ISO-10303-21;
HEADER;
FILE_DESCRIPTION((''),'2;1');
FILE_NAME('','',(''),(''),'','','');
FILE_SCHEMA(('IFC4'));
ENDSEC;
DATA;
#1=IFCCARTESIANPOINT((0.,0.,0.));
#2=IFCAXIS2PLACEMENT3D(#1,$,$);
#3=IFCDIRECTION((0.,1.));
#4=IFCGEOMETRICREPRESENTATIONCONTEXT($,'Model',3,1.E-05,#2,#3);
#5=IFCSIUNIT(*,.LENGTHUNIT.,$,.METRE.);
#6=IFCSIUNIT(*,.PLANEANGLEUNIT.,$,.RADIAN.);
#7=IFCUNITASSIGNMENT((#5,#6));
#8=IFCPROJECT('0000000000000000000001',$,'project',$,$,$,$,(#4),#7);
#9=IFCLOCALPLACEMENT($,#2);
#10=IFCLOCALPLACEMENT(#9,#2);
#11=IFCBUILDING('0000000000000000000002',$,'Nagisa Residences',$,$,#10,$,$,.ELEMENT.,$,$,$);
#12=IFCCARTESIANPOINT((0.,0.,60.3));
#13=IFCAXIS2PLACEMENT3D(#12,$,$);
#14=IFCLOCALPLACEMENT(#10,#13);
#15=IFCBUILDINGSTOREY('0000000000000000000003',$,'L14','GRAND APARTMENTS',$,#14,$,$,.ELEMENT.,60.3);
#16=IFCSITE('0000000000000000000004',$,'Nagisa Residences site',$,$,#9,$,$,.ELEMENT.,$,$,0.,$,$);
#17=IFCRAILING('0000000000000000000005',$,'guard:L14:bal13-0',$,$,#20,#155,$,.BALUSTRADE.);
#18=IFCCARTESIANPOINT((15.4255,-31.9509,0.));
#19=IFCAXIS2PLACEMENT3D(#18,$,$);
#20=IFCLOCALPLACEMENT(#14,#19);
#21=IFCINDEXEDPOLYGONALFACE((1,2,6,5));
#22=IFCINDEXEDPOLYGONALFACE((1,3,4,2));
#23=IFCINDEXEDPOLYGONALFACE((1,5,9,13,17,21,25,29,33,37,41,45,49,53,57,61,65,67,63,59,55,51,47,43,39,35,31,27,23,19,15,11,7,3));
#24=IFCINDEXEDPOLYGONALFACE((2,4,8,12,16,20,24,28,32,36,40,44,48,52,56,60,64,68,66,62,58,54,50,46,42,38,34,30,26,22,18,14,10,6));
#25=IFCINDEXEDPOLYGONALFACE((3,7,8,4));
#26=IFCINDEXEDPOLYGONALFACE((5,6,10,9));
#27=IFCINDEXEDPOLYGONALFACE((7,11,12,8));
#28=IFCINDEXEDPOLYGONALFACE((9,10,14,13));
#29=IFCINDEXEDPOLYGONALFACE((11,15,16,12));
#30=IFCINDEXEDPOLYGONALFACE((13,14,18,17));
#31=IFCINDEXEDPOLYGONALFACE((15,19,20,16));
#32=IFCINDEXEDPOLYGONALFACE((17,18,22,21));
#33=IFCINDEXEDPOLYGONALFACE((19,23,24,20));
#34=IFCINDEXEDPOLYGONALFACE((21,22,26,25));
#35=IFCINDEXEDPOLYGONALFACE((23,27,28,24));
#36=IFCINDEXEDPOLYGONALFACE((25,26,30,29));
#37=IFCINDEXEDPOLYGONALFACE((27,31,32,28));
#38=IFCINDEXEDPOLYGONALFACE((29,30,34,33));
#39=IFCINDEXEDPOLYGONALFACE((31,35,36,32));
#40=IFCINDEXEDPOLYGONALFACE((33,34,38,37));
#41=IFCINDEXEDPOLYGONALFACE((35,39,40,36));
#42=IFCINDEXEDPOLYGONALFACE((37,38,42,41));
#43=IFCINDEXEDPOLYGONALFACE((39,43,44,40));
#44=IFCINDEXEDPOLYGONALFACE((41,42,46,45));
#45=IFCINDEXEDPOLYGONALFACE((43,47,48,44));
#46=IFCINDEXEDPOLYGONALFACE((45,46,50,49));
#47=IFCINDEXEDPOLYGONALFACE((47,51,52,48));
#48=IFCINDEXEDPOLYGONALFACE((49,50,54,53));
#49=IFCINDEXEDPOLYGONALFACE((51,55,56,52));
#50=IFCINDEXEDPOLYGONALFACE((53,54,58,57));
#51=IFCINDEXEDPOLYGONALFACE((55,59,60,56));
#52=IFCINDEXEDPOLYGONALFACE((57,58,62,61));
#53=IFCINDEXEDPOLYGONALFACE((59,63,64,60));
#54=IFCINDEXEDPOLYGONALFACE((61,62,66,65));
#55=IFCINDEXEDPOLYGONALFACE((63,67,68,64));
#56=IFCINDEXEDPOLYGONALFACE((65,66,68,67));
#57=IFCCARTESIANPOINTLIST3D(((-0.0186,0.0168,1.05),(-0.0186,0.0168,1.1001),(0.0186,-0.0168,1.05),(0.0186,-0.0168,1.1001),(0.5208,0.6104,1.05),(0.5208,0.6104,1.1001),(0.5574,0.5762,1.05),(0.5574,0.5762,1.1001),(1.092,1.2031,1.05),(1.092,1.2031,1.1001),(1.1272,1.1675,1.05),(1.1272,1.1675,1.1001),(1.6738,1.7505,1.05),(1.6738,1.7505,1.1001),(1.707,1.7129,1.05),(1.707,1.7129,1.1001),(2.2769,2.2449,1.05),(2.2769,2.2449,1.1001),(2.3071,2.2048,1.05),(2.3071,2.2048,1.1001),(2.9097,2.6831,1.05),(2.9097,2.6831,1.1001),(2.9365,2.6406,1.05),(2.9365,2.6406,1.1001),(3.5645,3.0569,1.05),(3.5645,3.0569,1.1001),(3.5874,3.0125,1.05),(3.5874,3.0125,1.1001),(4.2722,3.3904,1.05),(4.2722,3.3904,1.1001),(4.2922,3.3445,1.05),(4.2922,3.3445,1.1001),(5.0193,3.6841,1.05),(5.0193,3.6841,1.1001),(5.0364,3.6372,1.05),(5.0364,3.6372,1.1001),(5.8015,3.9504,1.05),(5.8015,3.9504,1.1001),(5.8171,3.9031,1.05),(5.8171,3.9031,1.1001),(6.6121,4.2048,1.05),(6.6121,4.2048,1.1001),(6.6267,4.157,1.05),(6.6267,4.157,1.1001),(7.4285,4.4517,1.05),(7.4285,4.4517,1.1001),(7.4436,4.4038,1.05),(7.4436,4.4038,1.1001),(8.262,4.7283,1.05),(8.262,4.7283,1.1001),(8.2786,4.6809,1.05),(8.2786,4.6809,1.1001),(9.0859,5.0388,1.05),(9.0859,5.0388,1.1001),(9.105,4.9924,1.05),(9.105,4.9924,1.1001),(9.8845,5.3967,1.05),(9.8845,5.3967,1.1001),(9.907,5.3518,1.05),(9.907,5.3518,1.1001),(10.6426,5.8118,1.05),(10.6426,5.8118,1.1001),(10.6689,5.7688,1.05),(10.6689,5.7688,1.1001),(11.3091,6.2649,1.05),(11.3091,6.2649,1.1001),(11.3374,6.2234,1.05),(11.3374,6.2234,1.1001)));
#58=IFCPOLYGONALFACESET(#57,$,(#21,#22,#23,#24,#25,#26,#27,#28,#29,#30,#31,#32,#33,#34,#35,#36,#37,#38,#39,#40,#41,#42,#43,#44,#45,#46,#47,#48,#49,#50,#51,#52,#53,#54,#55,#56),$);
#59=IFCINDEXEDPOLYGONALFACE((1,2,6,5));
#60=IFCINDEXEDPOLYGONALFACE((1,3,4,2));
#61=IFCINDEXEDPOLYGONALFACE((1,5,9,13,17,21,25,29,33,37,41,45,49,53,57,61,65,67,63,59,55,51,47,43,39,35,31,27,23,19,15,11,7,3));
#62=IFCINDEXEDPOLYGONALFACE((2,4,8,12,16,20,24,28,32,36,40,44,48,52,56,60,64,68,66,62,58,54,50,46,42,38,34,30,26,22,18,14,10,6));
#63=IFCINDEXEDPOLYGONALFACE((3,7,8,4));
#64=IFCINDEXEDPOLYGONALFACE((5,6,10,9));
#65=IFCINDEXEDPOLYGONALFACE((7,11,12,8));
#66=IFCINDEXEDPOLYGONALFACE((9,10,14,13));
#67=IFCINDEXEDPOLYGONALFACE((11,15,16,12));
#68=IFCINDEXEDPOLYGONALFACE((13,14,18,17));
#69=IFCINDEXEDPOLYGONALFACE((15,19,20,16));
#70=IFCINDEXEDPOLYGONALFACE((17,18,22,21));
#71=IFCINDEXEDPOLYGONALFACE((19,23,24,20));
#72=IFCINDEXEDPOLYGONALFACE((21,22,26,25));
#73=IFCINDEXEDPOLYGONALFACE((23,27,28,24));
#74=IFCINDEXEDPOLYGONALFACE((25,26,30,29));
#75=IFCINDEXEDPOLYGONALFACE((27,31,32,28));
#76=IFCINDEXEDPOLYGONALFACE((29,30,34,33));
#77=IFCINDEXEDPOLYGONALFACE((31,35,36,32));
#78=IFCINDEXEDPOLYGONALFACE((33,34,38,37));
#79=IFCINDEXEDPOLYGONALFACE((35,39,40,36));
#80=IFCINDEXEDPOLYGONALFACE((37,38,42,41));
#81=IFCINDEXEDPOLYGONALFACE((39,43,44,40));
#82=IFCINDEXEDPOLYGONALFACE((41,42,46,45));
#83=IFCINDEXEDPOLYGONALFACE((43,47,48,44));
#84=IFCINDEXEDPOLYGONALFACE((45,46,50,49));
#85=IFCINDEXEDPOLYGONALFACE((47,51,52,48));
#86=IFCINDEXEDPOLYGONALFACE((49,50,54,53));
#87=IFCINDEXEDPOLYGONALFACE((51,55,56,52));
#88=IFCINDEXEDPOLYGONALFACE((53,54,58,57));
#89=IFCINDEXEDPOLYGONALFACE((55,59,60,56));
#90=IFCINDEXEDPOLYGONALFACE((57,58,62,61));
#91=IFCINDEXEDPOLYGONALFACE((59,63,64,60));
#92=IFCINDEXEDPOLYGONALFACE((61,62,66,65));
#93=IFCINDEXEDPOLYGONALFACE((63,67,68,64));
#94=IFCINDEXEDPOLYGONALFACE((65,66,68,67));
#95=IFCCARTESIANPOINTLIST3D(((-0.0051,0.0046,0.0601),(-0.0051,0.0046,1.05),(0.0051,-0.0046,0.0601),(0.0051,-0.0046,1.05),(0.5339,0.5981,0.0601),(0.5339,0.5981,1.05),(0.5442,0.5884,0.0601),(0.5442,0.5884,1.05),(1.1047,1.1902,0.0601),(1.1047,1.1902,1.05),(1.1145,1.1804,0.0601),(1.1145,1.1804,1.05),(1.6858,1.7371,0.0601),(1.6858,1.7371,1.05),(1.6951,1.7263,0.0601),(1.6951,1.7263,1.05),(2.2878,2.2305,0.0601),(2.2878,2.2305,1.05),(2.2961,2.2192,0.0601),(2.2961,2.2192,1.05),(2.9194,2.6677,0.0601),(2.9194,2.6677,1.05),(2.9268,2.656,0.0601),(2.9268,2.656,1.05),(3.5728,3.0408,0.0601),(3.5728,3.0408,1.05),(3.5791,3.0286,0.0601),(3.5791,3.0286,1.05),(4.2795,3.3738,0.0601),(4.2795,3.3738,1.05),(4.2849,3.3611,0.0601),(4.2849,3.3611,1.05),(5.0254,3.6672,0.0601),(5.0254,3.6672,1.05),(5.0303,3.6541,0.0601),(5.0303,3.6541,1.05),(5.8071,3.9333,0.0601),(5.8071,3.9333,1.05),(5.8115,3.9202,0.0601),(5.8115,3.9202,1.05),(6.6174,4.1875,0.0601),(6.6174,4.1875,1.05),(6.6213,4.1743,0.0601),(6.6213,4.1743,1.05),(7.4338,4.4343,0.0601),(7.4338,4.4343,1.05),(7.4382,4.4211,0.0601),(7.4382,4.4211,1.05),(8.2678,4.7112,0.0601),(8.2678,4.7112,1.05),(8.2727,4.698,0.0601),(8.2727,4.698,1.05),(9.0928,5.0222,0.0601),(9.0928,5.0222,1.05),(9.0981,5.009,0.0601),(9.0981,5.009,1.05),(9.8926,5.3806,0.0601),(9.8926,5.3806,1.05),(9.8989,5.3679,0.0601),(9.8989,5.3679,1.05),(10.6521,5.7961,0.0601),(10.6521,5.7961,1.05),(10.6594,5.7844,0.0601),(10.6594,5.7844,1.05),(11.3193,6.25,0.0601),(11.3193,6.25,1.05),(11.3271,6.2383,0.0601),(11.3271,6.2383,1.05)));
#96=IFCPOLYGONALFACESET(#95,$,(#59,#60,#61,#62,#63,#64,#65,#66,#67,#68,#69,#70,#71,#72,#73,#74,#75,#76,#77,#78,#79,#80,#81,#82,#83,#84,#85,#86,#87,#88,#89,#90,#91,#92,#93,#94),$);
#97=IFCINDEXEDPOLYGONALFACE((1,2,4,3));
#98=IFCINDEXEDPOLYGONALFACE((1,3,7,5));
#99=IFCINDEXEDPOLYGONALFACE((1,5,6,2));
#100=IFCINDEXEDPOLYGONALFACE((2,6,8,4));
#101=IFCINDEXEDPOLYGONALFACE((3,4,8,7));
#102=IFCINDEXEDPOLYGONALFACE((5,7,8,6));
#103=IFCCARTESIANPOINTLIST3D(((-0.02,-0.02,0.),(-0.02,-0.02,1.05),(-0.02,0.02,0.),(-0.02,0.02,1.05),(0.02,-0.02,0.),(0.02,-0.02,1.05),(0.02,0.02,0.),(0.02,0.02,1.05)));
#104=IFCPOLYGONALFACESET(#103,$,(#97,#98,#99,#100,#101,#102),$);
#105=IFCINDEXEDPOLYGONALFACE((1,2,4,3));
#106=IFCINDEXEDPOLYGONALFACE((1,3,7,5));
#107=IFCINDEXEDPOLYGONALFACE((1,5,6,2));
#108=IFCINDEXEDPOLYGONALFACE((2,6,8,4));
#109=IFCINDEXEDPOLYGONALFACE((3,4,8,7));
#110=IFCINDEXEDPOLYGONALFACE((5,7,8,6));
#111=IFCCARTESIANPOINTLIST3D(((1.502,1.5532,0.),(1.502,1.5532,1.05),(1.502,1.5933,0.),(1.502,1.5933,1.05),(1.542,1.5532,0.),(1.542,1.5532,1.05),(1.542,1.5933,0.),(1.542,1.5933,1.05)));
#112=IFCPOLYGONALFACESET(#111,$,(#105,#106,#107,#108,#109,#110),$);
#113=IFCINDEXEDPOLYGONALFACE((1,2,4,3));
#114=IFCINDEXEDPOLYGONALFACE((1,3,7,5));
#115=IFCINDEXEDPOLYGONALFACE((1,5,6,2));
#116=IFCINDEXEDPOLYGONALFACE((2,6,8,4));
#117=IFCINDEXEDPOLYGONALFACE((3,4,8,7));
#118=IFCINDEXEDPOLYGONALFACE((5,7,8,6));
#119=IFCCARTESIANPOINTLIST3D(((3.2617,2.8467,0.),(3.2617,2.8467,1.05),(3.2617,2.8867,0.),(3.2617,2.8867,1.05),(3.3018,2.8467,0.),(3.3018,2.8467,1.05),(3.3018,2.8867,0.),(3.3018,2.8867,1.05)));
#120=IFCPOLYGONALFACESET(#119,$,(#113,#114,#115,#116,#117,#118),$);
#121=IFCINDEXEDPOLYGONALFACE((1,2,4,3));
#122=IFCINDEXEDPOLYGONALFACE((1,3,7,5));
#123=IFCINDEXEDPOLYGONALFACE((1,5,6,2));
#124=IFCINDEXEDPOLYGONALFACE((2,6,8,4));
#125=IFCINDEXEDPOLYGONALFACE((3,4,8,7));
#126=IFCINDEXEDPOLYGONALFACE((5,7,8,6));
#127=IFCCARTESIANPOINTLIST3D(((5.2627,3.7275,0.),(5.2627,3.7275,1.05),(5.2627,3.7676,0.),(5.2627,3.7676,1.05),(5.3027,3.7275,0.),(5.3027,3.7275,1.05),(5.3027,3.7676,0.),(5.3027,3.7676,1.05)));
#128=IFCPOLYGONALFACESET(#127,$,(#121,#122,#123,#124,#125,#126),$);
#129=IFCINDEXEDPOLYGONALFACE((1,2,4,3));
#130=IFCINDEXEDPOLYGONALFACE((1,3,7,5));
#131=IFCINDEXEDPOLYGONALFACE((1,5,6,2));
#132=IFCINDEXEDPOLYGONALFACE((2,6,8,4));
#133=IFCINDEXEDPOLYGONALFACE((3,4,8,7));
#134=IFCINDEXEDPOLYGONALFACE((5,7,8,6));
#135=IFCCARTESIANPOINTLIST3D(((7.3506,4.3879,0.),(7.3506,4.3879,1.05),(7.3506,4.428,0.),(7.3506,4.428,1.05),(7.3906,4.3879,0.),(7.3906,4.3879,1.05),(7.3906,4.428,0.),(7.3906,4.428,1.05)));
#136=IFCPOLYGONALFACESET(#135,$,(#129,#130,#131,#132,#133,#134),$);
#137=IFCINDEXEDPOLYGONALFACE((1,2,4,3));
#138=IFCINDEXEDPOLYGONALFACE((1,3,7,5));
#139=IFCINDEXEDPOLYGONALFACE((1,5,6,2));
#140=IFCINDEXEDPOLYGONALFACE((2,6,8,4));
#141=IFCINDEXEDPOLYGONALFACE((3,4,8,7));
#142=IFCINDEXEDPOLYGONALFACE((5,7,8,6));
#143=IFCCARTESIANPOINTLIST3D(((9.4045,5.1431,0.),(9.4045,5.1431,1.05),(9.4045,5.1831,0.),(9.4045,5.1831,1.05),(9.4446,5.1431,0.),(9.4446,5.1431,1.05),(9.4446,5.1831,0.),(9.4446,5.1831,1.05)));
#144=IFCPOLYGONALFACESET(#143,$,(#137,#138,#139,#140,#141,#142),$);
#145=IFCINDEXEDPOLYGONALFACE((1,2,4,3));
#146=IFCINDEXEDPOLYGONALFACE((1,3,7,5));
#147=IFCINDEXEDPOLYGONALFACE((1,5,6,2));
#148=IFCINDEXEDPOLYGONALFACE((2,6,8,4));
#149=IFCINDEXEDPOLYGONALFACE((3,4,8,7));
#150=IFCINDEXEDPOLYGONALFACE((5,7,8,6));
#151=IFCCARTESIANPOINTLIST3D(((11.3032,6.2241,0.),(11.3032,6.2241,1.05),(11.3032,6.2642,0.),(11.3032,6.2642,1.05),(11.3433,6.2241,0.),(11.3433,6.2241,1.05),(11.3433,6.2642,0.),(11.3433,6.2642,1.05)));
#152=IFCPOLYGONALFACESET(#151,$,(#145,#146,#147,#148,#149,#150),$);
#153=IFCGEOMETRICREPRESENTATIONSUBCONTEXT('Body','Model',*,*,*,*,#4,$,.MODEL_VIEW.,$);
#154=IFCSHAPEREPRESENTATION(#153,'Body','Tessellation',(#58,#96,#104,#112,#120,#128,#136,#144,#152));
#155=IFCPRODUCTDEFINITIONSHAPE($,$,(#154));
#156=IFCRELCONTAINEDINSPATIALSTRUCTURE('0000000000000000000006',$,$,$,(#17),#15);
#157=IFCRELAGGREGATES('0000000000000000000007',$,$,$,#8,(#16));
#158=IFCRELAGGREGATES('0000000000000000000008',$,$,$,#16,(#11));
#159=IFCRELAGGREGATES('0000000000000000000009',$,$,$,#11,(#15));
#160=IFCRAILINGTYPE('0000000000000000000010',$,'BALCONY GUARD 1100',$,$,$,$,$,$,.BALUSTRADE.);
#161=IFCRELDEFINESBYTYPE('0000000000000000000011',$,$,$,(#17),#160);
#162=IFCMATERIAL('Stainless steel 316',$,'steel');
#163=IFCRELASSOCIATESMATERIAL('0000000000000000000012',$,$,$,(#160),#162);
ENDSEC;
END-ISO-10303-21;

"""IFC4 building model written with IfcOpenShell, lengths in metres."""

from ifc_helpers import new_model, si_unit, direction, frame, origin, origin_2d, place, context, subcontext, project, spatial, polyline, rectangle, outline, extrude, material, type_object, element, save


model = new_model("IFC4")

# Units and contexts
model_context = context("Model", 3, precision=1e-05, world=origin(), true_north=direction((0.0, 1.0)))
body_context = subcontext(model_context, "Body", "Model", "MODEL_VIEW")
ifc_project = project(units=[si_unit("LENGTHUNIT", "METRE"), si_unit("PLANEANGLEUNIT", "RADIAN")], contexts=[model_context])

# Site, building, storey
site_placement = place(None, origin())
site = spatial("IfcSite", under=ifc_project, at=site_placement, Name="Nagisa Residences site", CompositionType="ELEMENT", RefElevation=0.0)
building_placement = place(site_placement, origin())
building = spatial("IfcBuilding", under=site, at=building_placement, Name="Nagisa Residences", CompositionType="ELEMENT")
storey_placement = place(building_placement, frame((0.0, 0.0, 60.3)))
storey = spatial("IfcBuildingStorey", under=building, at=storey_placement, Name="L14", Description="GRAND APARTMENTS", CompositionType="ELEMENT", Elevation=60.3)

# Railing
ifc_material_1 = material(Name="Stainless steel 316", Category="steel")
railing_type = type_object("IfcRailingType", Name="BALCONY GUARD 1100", PredefinedType="BALUSTRADE", material=ifc_material_1)
railing_1_placement = place(storey_placement, frame((15.4255, -31.9509, 0.0)))
element("IfcRailing", 1, at=railing_1_placement, inside=storey, type_object=railing_type, Name="guard:L14:bal13-0", PredefinedType="BALUSTRADE", context=body_context, shape_type="SweptSolid", body=[
    extrude(outline(polyline([(0.5208, 0.6104), (-0.0186, 0.0168), (0.0186, -0.0168), (0.5574, 0.5762), (1.1272, 1.1675), (1.707, 1.7129), (2.3071, 2.2048), (2.9365, 2.6406), (3.5874, 3.0125), (4.2922, 3.3445), (5.0364, 3.6372), (5.8171, 3.9031), (6.6267, 4.157), (7.4436, 4.4038), (8.2786, 4.6809), (9.105, 4.9924), (9.907, 5.3518), (10.6689, 5.7688), (11.3374, 6.2234), (11.3091, 6.2649), (10.6426, 5.8118), (9.8845, 5.3967), (9.0859, 5.0388), (8.262, 4.7283), (7.4285, 4.4517), (6.6121, 4.2048), (5.8015, 3.9504), (5.0193, 3.6841), (4.2722, 3.3904), (3.5645, 3.0569), (2.9097, 2.6831), (2.2769, 2.2449), (1.6738, 1.7505), (1.092, 1.2031), (0.5208, 0.6104)])), frame((0.0, 0.0, 1.05)), (0.0, 0.0, 1.0), 0.05),
    extrude(outline(polyline([(0.5339, 0.5981), (-0.0051, 0.0046), (0.0051, -0.0046), (0.5442, 0.5884), (1.1145, 1.1804), (1.6951, 1.7263), (2.2961, 2.2192), (2.9268, 2.656), (3.5791, 3.0286), (4.2849, 3.3611), (5.0303, 3.6541), (5.8115, 3.9202), (6.6213, 4.1743), (7.4382, 4.4211), (8.2727, 4.698), (9.0981, 5.009), (9.8989, 5.3679), (10.6594, 5.7844), (11.3271, 6.2383), (11.3193, 6.25), (10.6521, 5.7961), (9.8926, 5.3806), (9.0928, 5.0222), (8.2678, 4.7112), (7.4338, 4.4343), (6.6174, 4.1875), (5.8071, 3.9333), (5.0254, 3.6672), (4.2795, 3.3738), (3.5728, 3.0408), (2.9194, 2.6677), (2.2878, 2.2305), (1.6858, 1.7371), (1.1047, 1.1902), (0.5339, 0.5981)])), frame((0.0, 0.0, 0.0601)), (0.0, 0.0, 1.0), 0.99),
    extrude(rectangle(XDim=0.04, YDim=0.04, at=origin_2d()), origin(), (0.0, 0.0, 1.0), 1.05),
    extrude(rectangle(XDim=0.04, YDim=0.04, at=origin_2d()), frame((1.522, 1.5732, 0.0)), (0.0, 0.0, 1.0), 1.05),
    extrude(rectangle(XDim=0.04, YDim=0.04, at=origin_2d()), frame((3.2817, 2.8667, 0.0)), (0.0, 0.0, 1.0), 1.05),
    extrude(rectangle(XDim=0.04, YDim=0.04, at=origin_2d()), frame((5.2827, 3.7476, 0.0)), (0.0, 0.0, 1.0), 1.05),
    extrude(rectangle(XDim=0.04, YDim=0.04, at=origin_2d()), frame((7.3706, 4.408, 0.0)), (0.0, 0.0, 1.0), 1.05),
    extrude(rectangle(XDim=0.04, YDim=0.04, at=origin_2d()), frame((9.4246, 5.1631, 0.0)), (0.0, 0.0, 1.0), 1.05),
    extrude(rectangle(XDim=0.04, YDim=0.04, at=origin_2d()), frame((11.3232, 6.2441, 0.0)), (0.0, 0.0, 1.0), 1.05),
])

save(model, "model.ifc")
